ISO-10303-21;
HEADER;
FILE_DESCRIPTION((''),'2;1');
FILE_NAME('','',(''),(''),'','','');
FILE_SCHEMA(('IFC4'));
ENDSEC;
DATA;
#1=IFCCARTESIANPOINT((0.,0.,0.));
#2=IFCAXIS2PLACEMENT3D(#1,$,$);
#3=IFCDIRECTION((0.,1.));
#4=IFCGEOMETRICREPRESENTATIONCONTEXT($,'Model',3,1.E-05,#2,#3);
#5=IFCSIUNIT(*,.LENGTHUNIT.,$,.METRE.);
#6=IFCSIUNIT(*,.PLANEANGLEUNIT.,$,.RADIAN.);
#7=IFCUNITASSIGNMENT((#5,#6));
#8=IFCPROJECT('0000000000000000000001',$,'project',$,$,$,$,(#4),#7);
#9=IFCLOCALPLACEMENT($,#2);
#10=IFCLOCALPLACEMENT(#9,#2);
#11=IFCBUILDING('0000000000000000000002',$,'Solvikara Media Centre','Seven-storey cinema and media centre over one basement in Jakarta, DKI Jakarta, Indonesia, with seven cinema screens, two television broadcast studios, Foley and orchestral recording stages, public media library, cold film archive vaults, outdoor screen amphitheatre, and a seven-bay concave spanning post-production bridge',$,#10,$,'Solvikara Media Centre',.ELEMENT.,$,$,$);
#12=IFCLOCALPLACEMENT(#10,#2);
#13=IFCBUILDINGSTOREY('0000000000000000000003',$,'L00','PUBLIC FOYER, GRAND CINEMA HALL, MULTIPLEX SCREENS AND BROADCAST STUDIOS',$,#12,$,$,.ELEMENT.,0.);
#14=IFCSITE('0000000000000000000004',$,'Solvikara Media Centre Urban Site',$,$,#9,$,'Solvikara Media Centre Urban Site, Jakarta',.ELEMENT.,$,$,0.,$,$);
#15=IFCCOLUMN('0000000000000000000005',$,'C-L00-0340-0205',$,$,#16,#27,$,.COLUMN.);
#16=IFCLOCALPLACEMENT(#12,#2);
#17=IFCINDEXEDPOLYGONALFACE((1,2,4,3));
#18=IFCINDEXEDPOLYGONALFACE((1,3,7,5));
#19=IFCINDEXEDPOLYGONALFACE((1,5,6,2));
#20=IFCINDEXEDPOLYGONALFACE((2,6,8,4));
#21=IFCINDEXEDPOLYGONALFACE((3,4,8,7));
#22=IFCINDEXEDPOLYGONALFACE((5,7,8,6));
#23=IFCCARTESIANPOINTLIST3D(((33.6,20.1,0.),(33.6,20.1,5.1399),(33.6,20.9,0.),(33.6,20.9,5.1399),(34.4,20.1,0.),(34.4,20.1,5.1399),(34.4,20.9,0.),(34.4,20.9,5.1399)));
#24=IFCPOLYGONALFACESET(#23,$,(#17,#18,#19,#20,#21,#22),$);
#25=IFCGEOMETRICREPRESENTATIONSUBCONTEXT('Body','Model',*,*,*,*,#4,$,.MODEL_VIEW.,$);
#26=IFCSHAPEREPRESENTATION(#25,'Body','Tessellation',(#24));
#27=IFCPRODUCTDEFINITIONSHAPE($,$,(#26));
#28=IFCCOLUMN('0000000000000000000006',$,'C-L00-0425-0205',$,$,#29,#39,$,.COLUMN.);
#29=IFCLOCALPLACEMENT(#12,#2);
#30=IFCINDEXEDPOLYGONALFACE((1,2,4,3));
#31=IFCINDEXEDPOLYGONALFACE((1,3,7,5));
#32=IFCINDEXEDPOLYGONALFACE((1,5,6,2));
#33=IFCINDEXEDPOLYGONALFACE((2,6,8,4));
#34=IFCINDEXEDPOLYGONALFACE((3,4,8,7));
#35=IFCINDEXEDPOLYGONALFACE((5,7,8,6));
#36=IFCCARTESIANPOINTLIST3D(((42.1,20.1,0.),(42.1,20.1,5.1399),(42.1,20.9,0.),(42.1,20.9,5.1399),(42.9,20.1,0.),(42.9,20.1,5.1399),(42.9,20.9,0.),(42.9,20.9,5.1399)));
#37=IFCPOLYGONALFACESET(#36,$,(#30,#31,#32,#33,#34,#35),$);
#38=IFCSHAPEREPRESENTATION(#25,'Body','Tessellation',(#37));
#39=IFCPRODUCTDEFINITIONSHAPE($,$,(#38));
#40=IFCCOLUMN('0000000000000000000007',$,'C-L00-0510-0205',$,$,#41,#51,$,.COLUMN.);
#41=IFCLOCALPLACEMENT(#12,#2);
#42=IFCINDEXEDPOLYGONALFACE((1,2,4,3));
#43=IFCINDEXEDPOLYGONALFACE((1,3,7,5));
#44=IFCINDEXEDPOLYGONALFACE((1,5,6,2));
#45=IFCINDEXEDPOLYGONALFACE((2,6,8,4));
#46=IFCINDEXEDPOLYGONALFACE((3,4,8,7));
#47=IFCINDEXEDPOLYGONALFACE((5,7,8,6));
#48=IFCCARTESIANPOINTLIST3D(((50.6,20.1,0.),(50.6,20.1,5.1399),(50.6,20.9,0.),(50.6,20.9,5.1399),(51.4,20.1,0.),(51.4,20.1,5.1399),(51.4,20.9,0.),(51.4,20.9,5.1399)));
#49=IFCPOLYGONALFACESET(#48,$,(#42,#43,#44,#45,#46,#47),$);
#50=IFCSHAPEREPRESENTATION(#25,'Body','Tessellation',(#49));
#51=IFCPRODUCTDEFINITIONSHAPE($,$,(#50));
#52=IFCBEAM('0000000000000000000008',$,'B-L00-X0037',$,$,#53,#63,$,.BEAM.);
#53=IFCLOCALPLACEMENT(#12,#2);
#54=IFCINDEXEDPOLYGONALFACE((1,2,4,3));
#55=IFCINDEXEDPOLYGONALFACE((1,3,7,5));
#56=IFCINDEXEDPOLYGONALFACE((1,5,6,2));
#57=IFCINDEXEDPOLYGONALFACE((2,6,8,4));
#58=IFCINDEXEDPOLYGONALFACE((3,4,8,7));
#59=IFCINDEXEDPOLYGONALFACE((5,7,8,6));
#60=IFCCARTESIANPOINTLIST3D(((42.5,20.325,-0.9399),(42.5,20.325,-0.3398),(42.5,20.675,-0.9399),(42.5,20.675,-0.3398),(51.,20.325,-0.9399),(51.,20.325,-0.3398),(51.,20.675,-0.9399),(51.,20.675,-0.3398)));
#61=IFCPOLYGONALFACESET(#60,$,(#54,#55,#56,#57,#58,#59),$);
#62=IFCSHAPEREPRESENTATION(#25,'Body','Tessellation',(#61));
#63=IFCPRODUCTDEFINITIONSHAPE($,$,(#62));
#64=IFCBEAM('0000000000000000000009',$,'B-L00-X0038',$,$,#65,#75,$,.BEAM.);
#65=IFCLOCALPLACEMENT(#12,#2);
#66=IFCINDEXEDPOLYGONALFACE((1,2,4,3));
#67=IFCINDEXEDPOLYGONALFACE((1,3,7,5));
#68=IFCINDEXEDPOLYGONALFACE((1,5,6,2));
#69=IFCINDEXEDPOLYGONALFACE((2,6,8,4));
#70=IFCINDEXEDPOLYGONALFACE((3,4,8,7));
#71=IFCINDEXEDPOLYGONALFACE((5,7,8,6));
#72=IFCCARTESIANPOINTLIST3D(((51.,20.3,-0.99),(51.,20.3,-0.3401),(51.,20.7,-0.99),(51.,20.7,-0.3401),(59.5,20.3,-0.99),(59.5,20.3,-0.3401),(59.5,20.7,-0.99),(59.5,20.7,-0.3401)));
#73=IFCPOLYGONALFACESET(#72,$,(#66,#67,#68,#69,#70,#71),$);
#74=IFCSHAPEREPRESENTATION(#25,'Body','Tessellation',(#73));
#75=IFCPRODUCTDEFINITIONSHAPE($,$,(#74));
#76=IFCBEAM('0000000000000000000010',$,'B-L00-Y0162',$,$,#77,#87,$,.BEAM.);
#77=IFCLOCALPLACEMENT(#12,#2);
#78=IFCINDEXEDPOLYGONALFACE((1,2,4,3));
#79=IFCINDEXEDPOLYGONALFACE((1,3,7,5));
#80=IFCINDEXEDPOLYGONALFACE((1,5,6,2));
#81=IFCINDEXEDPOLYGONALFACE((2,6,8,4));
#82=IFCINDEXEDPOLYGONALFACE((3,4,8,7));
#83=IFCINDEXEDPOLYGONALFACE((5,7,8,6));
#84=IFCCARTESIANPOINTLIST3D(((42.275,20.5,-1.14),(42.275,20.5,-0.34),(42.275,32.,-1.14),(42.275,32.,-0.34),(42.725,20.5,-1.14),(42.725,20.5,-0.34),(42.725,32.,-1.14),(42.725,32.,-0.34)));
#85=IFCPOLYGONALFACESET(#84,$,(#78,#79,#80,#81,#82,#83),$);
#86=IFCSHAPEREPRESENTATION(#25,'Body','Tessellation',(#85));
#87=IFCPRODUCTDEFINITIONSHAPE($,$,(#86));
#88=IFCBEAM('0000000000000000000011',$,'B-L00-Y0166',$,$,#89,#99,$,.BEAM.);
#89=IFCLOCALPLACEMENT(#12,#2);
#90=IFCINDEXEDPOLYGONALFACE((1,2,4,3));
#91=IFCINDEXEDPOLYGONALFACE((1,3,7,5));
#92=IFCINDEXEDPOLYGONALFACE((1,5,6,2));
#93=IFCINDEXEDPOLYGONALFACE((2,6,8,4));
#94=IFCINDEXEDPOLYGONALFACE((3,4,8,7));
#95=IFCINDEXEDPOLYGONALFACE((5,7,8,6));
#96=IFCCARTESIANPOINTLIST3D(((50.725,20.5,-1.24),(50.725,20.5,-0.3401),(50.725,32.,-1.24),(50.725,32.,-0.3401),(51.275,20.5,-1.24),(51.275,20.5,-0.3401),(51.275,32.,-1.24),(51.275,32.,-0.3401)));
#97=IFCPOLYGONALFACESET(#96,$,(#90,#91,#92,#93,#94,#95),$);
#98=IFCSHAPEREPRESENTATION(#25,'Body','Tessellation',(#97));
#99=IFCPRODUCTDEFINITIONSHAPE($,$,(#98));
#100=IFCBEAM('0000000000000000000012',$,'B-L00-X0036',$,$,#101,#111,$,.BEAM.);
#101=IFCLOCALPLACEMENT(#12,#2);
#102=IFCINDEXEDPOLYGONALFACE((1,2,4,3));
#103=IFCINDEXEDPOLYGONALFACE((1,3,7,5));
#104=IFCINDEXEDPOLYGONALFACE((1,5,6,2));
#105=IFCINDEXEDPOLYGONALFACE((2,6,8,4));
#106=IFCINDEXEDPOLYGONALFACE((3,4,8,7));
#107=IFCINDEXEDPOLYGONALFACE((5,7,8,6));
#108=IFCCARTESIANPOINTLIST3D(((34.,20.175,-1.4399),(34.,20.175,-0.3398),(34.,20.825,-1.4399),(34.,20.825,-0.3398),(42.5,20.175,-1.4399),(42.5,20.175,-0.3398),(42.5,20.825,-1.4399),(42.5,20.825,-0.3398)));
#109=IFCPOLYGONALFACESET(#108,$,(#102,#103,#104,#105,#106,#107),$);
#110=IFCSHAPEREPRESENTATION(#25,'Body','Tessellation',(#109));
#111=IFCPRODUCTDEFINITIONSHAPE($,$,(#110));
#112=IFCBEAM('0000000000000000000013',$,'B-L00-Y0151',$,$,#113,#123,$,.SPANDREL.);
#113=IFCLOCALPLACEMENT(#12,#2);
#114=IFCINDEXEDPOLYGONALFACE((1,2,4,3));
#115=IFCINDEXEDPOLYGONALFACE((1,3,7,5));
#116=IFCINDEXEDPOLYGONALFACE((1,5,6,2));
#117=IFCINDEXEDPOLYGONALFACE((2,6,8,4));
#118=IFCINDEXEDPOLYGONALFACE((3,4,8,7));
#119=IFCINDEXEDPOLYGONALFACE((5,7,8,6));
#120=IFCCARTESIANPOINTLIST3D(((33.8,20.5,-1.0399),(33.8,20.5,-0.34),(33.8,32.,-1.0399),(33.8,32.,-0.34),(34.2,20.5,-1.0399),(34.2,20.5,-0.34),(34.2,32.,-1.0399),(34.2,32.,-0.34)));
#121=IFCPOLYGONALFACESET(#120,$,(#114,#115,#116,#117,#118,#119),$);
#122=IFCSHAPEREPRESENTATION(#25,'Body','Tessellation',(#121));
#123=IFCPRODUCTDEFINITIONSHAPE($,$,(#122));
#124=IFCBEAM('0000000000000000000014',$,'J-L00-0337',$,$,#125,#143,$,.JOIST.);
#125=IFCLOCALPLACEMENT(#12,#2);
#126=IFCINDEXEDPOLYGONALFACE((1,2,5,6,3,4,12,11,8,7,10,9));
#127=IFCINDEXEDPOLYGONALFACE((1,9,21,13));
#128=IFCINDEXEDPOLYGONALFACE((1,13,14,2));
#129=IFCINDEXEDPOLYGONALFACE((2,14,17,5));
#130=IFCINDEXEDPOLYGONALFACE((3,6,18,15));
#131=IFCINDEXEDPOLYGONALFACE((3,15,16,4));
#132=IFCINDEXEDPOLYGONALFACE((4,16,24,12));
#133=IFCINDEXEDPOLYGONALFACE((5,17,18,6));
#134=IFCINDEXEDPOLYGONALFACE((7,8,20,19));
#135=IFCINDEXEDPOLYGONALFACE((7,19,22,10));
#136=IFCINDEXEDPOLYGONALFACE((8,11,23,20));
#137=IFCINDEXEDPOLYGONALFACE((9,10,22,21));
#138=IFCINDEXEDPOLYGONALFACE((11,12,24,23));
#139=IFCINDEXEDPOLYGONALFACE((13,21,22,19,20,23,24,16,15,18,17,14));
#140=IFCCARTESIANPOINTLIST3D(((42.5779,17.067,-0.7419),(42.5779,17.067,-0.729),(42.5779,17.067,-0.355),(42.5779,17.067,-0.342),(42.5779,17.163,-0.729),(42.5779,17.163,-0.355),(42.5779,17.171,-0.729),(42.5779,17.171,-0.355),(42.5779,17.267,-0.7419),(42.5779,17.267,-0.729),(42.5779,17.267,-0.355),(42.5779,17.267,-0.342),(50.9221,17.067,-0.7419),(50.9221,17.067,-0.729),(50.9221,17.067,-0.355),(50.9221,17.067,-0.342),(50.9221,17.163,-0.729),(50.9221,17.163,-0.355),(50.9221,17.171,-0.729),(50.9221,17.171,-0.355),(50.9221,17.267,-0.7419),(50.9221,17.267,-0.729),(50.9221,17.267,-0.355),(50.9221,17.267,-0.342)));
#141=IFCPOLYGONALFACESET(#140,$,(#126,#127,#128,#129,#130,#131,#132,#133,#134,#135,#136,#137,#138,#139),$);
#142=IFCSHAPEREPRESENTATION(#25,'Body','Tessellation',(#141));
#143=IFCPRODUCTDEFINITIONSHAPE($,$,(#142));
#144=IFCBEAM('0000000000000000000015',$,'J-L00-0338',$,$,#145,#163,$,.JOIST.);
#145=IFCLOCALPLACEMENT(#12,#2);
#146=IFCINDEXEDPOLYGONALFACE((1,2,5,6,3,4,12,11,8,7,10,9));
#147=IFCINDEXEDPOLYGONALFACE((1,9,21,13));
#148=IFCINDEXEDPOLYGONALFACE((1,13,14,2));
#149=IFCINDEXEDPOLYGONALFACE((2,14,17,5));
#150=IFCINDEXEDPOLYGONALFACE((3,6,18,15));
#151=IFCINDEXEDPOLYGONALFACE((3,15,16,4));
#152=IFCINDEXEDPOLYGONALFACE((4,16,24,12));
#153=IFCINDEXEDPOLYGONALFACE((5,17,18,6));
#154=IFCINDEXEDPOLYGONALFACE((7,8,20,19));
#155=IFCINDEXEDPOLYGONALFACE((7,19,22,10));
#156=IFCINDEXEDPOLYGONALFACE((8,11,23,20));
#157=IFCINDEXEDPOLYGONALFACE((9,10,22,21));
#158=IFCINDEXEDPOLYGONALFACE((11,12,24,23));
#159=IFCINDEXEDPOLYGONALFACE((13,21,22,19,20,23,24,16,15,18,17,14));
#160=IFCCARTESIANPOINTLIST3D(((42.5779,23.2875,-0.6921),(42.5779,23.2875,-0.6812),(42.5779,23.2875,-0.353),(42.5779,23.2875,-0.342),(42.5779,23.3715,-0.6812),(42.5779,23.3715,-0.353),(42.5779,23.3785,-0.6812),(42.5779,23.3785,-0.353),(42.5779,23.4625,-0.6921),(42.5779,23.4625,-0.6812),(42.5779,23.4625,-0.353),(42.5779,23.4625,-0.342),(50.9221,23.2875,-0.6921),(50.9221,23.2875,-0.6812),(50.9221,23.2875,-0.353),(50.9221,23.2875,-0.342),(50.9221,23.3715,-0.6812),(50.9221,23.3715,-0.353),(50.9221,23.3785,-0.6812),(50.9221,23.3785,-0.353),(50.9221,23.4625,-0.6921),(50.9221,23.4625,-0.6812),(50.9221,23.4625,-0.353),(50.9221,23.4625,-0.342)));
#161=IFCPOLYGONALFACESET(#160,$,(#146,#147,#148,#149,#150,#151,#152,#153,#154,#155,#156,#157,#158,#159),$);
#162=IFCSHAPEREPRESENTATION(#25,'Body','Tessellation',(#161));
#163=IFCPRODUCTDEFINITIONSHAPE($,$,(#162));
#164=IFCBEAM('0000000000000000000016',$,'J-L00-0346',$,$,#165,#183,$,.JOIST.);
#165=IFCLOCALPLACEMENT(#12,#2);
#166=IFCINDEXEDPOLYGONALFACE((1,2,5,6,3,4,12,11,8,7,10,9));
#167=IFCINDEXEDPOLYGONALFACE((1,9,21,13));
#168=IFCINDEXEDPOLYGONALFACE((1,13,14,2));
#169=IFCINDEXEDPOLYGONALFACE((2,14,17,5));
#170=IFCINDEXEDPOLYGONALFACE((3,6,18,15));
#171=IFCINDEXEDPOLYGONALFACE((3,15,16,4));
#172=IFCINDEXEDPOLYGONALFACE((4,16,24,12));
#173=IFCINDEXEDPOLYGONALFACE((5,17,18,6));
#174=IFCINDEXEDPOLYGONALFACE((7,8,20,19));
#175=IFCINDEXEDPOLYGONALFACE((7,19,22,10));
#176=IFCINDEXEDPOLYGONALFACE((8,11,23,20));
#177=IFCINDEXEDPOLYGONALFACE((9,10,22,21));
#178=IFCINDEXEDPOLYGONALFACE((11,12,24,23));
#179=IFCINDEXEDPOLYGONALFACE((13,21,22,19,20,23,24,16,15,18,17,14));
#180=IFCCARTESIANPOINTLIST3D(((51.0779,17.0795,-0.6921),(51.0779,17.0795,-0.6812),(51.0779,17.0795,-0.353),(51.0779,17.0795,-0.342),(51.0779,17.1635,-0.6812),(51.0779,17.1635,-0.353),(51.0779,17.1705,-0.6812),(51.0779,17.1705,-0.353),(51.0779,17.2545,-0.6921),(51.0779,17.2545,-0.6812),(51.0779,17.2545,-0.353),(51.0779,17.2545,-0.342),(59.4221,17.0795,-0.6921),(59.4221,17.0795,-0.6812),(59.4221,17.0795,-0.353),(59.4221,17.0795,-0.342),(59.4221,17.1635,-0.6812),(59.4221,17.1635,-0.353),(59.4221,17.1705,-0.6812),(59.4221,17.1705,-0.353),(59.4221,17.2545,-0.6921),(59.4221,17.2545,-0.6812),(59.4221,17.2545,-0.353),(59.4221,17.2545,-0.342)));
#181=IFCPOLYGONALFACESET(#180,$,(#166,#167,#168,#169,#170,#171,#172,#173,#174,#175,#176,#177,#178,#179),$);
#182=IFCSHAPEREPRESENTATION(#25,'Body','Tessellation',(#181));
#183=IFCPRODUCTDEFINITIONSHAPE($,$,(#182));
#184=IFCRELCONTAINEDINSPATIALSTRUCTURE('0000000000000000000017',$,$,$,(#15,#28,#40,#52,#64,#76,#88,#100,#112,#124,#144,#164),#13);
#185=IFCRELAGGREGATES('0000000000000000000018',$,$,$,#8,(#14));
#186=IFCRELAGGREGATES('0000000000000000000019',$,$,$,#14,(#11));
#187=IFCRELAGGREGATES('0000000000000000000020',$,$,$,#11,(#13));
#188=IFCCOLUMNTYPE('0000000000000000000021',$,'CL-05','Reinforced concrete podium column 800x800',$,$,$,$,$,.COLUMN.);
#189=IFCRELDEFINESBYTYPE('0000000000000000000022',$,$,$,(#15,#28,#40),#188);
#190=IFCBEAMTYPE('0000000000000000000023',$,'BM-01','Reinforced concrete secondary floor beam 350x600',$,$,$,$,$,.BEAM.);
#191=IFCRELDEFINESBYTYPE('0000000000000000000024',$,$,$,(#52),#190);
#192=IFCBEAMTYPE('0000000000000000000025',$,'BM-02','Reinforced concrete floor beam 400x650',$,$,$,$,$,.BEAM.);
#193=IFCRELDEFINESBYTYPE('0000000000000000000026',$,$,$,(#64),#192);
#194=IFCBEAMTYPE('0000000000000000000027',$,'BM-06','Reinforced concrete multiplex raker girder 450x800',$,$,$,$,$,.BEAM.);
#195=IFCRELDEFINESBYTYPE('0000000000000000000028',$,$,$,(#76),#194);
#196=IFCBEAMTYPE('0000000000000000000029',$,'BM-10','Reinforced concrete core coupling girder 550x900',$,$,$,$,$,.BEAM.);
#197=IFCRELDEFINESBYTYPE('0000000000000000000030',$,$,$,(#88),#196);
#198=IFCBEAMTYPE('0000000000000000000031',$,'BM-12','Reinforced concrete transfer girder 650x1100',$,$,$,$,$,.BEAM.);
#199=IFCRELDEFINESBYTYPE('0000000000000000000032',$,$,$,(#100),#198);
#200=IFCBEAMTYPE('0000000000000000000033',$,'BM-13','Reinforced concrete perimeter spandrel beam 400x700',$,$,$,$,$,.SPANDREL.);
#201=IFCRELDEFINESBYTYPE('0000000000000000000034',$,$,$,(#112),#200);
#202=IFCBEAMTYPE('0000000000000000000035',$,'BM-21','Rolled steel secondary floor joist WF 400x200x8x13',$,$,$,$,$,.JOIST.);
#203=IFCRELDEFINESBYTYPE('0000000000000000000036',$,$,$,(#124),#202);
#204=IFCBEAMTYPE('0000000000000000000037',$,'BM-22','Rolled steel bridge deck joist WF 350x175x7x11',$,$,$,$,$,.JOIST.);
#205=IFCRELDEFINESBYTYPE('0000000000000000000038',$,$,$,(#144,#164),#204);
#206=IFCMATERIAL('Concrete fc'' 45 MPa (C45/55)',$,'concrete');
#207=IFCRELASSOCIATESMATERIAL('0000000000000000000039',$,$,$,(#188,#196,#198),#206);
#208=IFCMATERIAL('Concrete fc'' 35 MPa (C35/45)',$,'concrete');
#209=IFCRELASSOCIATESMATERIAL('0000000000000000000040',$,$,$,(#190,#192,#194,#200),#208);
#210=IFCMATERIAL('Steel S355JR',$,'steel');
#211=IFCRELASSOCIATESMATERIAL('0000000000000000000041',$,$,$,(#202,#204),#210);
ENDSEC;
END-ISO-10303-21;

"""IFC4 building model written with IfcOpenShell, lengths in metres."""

from ifc_helpers import new_model, si_unit, direction, frame, origin, origin_2d, place, context, subcontext, project, spatial, rectangle, i_section, extrude, material, material_profile, profile_set, type_object, element, save


model = new_model("IFC4")

# Units and contexts
model_context = context("Model", 3, precision=1e-05, world=origin(), true_north=direction((0.0, 1.0)))
body_context = subcontext(model_context, "Body", "Model", "MODEL_VIEW")
ifc_project = project(units=[si_unit("LENGTHUNIT", "METRE"), si_unit("PLANEANGLEUNIT", "RADIAN")], contexts=[model_context])

# Site, building, storey
site_placement = place(None, origin())
site = spatial("IfcSite", under=ifc_project, at=site_placement, Name="Solvikara Media Centre Urban Site", LongName="Solvikara Media Centre Urban Site, Jakarta", CompositionType="ELEMENT", RefElevation=0.0)
building_placement = place(site_placement, origin())
building = spatial("IfcBuilding", under=site, at=building_placement, Name="Solvikara Media Centre", Description="Seven-storey cinema and media centre over one basement in Jakarta, DKI Jakarta, Indonesia, with seven cinema screens, two television broadcast studios, Foley and orchestral recording stages, public media library, cold film archive vaults, outdoor screen amphitheatre, and a seven-bay concave spanning post-production bridge", LongName="Solvikara Media Centre", CompositionType="ELEMENT")
storey_placement = place(building_placement, origin())
storey = spatial("IfcBuildingStorey", under=building, at=storey_placement, Name="L00", Description="PUBLIC FOYER, GRAND CINEMA HALL, MULTIPLEX SCREENS AND BROADCAST STUDIOS", CompositionType="ELEMENT", Elevation=0.0)

# Columns
ifc_material_1 = material(Name="Concrete fc' 45 MPa (C45/55)", Category="concrete")
ifc_material_profile_1 = material_profile(ifc_material_1, rectangle(XDim=0.8, YDim=0.8, at=origin_2d()), Name="RC 800x800")
ifc_profile_set_1 = profile_set([ifc_material_profile_1], Name="Concrete fc' 45 MPa (C45/55)")
column_type = type_object("IfcColumnType", Name="CL-05", Description="Reinforced concrete podium column 800x800", PredefinedType="COLUMN", material=ifc_profile_set_1)
for number, where, z_axis, x_axis, name in (
    (1, (34.0, 20.5, 0.0), (0.0, 0.0, 1.0), (1.0, 0.0, 0.0), "C-L00-0340-0205"),
    (2, (42.5, 20.5, 0.0), (0.0, 0.0, 1.0), (1.0, 0.0, 0.0), "C-L00-0425-0205"),
    (3, (51.0, 20.5, 0.0), (0.0, 0.0, 1.0), (1.0, 0.0, 0.0), "C-L00-0510-0205"),
):
    element("IfcColumn", number, at=place(storey_placement, frame(where, z_axis=z_axis, x_axis=x_axis)), inside=storey, type_object=column_type, Name=name, PredefinedType="COLUMN", context=body_context, shape_type="SweptSolid", body=[
        extrude(rectangle(XDim=0.8, YDim=0.8, at=origin_2d()), origin(), (0.0, 0.0, 1.0), 5.1399),
    ])

# Beams
ifc_material_2 = material(Name="Concrete fc' 35 MPa (C35/45)", Category="concrete")
ifc_material_profile_2 = material_profile(ifc_material_2, rectangle(XDim=0.3501, YDim=0.6001, at=origin_2d()), Name="RC 350x600")
ifc_profile_set_2 = profile_set([ifc_material_profile_2], Name="Concrete fc' 35 MPa (C35/45)")
beam_type_1 = type_object("IfcBeamType", Name="BM-01", Description="Reinforced concrete secondary floor beam 350x600", PredefinedType="BEAM", material=ifc_profile_set_2)
beam_1_placement = place(storey_placement, frame((42.5, 20.5, -0.6399), z_axis=(1.0, 0.0, 0.0), x_axis=(0.0, 1.0, 0.0)))
element("IfcBeam", 4, at=beam_1_placement, inside=storey, type_object=beam_type_1, Name="B-L00-X0037", PredefinedType="BEAM", context=body_context, shape_type="SweptSolid", body=[
    extrude(rectangle(XDim=0.3501, YDim=0.6001, at=origin_2d()), origin(), (0.0, 0.0, 1.0), 8.5),
])
ifc_material_profile_3 = material_profile(ifc_material_2, rectangle(XDim=0.3999, YDim=0.6499, at=origin_2d()), Name="RC 400x650")
ifc_profile_set_3 = profile_set([ifc_material_profile_3], Name="Concrete fc' 35 MPa (C35/45)")
beam_type_2 = type_object("IfcBeamType", Name="BM-02", Description="Reinforced concrete floor beam 400x650", PredefinedType="BEAM", material=ifc_profile_set_3)
beam_2_placement = place(storey_placement, frame((51.0, 20.5, -0.665), z_axis=(1.0, 0.0, 0.0), x_axis=(0.0, 1.0, 0.0)))
element("IfcBeam", 5, at=beam_2_placement, inside=storey, type_object=beam_type_2, Name="B-L00-X0038", PredefinedType="BEAM", context=body_context, shape_type="SweptSolid", body=[
    extrude(rectangle(XDim=0.3999, YDim=0.6499, at=origin_2d()), origin(), (0.0, 0.0, 1.0), 8.5),
])
ifc_material_profile_4 = material_profile(ifc_material_2, rectangle(XDim=0.45, YDim=0.8, at=origin_2d()), Name="RC 450x800")
ifc_profile_set_4 = profile_set([ifc_material_profile_4], Name="Concrete fc' 35 MPa (C35/45)")
beam_type_3 = type_object("IfcBeamType", Name="BM-06", Description="Reinforced concrete multiplex raker girder 450x800", PredefinedType="BEAM", material=ifc_profile_set_4)
beam_3_placement = place(storey_placement, frame((42.5, 20.5, -0.74), z_axis=(0.0, 1.0, 0.0), x_axis=(-1.0, 0.0, 0.0)))
element("IfcBeam", 6, at=beam_3_placement, inside=storey, type_object=beam_type_3, Name="B-L00-Y0162", PredefinedType="BEAM", context=body_context, shape_type="SweptSolid", body=[
    extrude(rectangle(XDim=0.45, YDim=0.8, at=origin_2d()), origin(), (0.0, 0.0, 1.0), 11.5),
])
ifc_material_profile_5 = material_profile(ifc_material_1, rectangle(XDim=0.55, YDim=0.8999, at=origin_2d()), Name="RC 550x900")
ifc_profile_set_5 = profile_set([ifc_material_profile_5], Name="Concrete fc' 45 MPa (C45/55)")
beam_type_4 = type_object("IfcBeamType", Name="BM-10", Description="Reinforced concrete core coupling girder 550x900", PredefinedType="BEAM", material=ifc_profile_set_5)
beam_4_placement = place(storey_placement, frame((51.0, 20.5, -0.79), z_axis=(0.0, 1.0, 0.0), x_axis=(-1.0, 0.0, 0.0)))
element("IfcBeam", 7, at=beam_4_placement, inside=storey, type_object=beam_type_4, Name="B-L00-Y0166", PredefinedType="BEAM", context=body_context, shape_type="SweptSolid", body=[
    extrude(rectangle(XDim=0.55, YDim=0.8999, at=origin_2d()), origin(), (0.0, 0.0, 1.0), 11.5),
])
ifc_material_profile_6 = material_profile(ifc_material_1, rectangle(XDim=0.6499, YDim=1.1001, at=origin_2d()), Name="RC 650x1100")
ifc_profile_set_6 = profile_set([ifc_material_profile_6], Name="Concrete fc' 45 MPa (C45/55)")
beam_type_5 = type_object("IfcBeamType", Name="BM-12", Description="Reinforced concrete transfer girder 650x1100", PredefinedType="BEAM", material=ifc_profile_set_6)
beam_5_placement = place(storey_placement, frame((34.0, 20.5, -0.8899), z_axis=(1.0, 0.0, 0.0), x_axis=(0.0, 1.0, 0.0)))
element("IfcBeam", 8, at=beam_5_placement, inside=storey, type_object=beam_type_5, Name="B-L00-X0036", PredefinedType="BEAM", context=body_context, shape_type="SweptSolid", body=[
    extrude(rectangle(XDim=0.6499, YDim=1.1001, at=origin_2d()), origin(), (0.0, 0.0, 1.0), 8.5),
])
ifc_material_profile_7 = material_profile(ifc_material_2, rectangle(XDim=0.3999, YDim=0.7, at=origin_2d()), Name="RC 400x700")
ifc_profile_set_7 = profile_set([ifc_material_profile_7], Name="Concrete fc' 35 MPa (C35/45)")
beam_type_6 = type_object("IfcBeamType", Name="BM-13", Description="Reinforced concrete perimeter spandrel beam 400x700", PredefinedType="SPANDREL", material=ifc_profile_set_7)
beam_6_placement = place(storey_placement, frame((34.0, 20.5, -0.6899), z_axis=(0.0, 1.0, 0.0), x_axis=(-1.0, 0.0, 0.0)))
element("IfcBeam", 9, at=beam_6_placement, inside=storey, type_object=beam_type_6, Name="B-L00-Y0151", PredefinedType="SPANDREL", context=body_context, shape_type="SweptSolid", body=[
    extrude(rectangle(XDim=0.3999, YDim=0.7, at=origin_2d()), origin(), (0.0, 0.0, 1.0), 11.5),
])
ifc_material_3 = material(Name="Steel S355JR", Category="steel")
ifc_material_profile_8 = material_profile(ifc_material_3, i_section(OverallWidth=0.2, OverallDepth=0.3999, WebThickness=0.0081, FlangeThickness=0.0129, at=origin_2d()), Name="WF 400x200x8x13")
ifc_profile_set_8 = profile_set([ifc_material_profile_8], Name="Steel S355JR")
beam_type_7 = type_object("IfcBeamType", Name="BM-21", Description="Rolled steel secondary floor joist WF 400x200x8x13", PredefinedType="JOIST", material=ifc_profile_set_8)
beam_7_placement = place(storey_placement, frame((42.5779, 17.167, -0.542), z_axis=(1.0, 0.0, 0.0), x_axis=(0.0, 1.0, 0.0)))
element("IfcBeam", 10, at=beam_7_placement, inside=storey, type_object=beam_type_7, Name="J-L00-0337", PredefinedType="JOIST", context=body_context, shape_type="SweptSolid", body=[
    extrude(i_section(OverallWidth=0.2, OverallDepth=0.3999, WebThickness=0.0081, FlangeThickness=0.0129, at=origin_2d()), origin(), (0.0, 0.0, 1.0), 8.3442),
])
ifc_material_profile_9 = material_profile(ifc_material_3, i_section(OverallWidth=0.175, OverallDepth=0.3501, WebThickness=0.0071, FlangeThickness=0.011, at=origin_2d()), Name="WF 350x175x7x11")
ifc_profile_set_9 = profile_set([ifc_material_profile_9], Name="Steel S355JR")
beam_type_8 = type_object("IfcBeamType", Name="BM-22", Description="Rolled steel bridge deck joist WF 350x175x7x11", PredefinedType="JOIST", material=ifc_profile_set_9)
for number, where, z_axis, x_axis, name in (
    (11, (42.5779, 23.375, -0.5171), (1.0, 0.0, 0.0), (0.0, 1.0, 0.0), "J-L00-0338"),
    (12, (51.0779, 17.167, -0.5171), (1.0, 0.0, 0.0), (0.0, 1.0, 0.0), "J-L00-0346"),
):
    element("IfcBeam", number, at=place(storey_placement, frame(where, z_axis=z_axis, x_axis=x_axis)), inside=storey, type_object=beam_type_8, Name=name, PredefinedType="JOIST", context=body_context, shape_type="SweptSolid", body=[
        extrude(i_section(OverallWidth=0.175, OverallDepth=0.3501, WebThickness=0.0071, FlangeThickness=0.011, at=origin_2d()), origin(), (0.0, 0.0, 1.0), 8.3442),
    ])

save(model, "model.ifc")
